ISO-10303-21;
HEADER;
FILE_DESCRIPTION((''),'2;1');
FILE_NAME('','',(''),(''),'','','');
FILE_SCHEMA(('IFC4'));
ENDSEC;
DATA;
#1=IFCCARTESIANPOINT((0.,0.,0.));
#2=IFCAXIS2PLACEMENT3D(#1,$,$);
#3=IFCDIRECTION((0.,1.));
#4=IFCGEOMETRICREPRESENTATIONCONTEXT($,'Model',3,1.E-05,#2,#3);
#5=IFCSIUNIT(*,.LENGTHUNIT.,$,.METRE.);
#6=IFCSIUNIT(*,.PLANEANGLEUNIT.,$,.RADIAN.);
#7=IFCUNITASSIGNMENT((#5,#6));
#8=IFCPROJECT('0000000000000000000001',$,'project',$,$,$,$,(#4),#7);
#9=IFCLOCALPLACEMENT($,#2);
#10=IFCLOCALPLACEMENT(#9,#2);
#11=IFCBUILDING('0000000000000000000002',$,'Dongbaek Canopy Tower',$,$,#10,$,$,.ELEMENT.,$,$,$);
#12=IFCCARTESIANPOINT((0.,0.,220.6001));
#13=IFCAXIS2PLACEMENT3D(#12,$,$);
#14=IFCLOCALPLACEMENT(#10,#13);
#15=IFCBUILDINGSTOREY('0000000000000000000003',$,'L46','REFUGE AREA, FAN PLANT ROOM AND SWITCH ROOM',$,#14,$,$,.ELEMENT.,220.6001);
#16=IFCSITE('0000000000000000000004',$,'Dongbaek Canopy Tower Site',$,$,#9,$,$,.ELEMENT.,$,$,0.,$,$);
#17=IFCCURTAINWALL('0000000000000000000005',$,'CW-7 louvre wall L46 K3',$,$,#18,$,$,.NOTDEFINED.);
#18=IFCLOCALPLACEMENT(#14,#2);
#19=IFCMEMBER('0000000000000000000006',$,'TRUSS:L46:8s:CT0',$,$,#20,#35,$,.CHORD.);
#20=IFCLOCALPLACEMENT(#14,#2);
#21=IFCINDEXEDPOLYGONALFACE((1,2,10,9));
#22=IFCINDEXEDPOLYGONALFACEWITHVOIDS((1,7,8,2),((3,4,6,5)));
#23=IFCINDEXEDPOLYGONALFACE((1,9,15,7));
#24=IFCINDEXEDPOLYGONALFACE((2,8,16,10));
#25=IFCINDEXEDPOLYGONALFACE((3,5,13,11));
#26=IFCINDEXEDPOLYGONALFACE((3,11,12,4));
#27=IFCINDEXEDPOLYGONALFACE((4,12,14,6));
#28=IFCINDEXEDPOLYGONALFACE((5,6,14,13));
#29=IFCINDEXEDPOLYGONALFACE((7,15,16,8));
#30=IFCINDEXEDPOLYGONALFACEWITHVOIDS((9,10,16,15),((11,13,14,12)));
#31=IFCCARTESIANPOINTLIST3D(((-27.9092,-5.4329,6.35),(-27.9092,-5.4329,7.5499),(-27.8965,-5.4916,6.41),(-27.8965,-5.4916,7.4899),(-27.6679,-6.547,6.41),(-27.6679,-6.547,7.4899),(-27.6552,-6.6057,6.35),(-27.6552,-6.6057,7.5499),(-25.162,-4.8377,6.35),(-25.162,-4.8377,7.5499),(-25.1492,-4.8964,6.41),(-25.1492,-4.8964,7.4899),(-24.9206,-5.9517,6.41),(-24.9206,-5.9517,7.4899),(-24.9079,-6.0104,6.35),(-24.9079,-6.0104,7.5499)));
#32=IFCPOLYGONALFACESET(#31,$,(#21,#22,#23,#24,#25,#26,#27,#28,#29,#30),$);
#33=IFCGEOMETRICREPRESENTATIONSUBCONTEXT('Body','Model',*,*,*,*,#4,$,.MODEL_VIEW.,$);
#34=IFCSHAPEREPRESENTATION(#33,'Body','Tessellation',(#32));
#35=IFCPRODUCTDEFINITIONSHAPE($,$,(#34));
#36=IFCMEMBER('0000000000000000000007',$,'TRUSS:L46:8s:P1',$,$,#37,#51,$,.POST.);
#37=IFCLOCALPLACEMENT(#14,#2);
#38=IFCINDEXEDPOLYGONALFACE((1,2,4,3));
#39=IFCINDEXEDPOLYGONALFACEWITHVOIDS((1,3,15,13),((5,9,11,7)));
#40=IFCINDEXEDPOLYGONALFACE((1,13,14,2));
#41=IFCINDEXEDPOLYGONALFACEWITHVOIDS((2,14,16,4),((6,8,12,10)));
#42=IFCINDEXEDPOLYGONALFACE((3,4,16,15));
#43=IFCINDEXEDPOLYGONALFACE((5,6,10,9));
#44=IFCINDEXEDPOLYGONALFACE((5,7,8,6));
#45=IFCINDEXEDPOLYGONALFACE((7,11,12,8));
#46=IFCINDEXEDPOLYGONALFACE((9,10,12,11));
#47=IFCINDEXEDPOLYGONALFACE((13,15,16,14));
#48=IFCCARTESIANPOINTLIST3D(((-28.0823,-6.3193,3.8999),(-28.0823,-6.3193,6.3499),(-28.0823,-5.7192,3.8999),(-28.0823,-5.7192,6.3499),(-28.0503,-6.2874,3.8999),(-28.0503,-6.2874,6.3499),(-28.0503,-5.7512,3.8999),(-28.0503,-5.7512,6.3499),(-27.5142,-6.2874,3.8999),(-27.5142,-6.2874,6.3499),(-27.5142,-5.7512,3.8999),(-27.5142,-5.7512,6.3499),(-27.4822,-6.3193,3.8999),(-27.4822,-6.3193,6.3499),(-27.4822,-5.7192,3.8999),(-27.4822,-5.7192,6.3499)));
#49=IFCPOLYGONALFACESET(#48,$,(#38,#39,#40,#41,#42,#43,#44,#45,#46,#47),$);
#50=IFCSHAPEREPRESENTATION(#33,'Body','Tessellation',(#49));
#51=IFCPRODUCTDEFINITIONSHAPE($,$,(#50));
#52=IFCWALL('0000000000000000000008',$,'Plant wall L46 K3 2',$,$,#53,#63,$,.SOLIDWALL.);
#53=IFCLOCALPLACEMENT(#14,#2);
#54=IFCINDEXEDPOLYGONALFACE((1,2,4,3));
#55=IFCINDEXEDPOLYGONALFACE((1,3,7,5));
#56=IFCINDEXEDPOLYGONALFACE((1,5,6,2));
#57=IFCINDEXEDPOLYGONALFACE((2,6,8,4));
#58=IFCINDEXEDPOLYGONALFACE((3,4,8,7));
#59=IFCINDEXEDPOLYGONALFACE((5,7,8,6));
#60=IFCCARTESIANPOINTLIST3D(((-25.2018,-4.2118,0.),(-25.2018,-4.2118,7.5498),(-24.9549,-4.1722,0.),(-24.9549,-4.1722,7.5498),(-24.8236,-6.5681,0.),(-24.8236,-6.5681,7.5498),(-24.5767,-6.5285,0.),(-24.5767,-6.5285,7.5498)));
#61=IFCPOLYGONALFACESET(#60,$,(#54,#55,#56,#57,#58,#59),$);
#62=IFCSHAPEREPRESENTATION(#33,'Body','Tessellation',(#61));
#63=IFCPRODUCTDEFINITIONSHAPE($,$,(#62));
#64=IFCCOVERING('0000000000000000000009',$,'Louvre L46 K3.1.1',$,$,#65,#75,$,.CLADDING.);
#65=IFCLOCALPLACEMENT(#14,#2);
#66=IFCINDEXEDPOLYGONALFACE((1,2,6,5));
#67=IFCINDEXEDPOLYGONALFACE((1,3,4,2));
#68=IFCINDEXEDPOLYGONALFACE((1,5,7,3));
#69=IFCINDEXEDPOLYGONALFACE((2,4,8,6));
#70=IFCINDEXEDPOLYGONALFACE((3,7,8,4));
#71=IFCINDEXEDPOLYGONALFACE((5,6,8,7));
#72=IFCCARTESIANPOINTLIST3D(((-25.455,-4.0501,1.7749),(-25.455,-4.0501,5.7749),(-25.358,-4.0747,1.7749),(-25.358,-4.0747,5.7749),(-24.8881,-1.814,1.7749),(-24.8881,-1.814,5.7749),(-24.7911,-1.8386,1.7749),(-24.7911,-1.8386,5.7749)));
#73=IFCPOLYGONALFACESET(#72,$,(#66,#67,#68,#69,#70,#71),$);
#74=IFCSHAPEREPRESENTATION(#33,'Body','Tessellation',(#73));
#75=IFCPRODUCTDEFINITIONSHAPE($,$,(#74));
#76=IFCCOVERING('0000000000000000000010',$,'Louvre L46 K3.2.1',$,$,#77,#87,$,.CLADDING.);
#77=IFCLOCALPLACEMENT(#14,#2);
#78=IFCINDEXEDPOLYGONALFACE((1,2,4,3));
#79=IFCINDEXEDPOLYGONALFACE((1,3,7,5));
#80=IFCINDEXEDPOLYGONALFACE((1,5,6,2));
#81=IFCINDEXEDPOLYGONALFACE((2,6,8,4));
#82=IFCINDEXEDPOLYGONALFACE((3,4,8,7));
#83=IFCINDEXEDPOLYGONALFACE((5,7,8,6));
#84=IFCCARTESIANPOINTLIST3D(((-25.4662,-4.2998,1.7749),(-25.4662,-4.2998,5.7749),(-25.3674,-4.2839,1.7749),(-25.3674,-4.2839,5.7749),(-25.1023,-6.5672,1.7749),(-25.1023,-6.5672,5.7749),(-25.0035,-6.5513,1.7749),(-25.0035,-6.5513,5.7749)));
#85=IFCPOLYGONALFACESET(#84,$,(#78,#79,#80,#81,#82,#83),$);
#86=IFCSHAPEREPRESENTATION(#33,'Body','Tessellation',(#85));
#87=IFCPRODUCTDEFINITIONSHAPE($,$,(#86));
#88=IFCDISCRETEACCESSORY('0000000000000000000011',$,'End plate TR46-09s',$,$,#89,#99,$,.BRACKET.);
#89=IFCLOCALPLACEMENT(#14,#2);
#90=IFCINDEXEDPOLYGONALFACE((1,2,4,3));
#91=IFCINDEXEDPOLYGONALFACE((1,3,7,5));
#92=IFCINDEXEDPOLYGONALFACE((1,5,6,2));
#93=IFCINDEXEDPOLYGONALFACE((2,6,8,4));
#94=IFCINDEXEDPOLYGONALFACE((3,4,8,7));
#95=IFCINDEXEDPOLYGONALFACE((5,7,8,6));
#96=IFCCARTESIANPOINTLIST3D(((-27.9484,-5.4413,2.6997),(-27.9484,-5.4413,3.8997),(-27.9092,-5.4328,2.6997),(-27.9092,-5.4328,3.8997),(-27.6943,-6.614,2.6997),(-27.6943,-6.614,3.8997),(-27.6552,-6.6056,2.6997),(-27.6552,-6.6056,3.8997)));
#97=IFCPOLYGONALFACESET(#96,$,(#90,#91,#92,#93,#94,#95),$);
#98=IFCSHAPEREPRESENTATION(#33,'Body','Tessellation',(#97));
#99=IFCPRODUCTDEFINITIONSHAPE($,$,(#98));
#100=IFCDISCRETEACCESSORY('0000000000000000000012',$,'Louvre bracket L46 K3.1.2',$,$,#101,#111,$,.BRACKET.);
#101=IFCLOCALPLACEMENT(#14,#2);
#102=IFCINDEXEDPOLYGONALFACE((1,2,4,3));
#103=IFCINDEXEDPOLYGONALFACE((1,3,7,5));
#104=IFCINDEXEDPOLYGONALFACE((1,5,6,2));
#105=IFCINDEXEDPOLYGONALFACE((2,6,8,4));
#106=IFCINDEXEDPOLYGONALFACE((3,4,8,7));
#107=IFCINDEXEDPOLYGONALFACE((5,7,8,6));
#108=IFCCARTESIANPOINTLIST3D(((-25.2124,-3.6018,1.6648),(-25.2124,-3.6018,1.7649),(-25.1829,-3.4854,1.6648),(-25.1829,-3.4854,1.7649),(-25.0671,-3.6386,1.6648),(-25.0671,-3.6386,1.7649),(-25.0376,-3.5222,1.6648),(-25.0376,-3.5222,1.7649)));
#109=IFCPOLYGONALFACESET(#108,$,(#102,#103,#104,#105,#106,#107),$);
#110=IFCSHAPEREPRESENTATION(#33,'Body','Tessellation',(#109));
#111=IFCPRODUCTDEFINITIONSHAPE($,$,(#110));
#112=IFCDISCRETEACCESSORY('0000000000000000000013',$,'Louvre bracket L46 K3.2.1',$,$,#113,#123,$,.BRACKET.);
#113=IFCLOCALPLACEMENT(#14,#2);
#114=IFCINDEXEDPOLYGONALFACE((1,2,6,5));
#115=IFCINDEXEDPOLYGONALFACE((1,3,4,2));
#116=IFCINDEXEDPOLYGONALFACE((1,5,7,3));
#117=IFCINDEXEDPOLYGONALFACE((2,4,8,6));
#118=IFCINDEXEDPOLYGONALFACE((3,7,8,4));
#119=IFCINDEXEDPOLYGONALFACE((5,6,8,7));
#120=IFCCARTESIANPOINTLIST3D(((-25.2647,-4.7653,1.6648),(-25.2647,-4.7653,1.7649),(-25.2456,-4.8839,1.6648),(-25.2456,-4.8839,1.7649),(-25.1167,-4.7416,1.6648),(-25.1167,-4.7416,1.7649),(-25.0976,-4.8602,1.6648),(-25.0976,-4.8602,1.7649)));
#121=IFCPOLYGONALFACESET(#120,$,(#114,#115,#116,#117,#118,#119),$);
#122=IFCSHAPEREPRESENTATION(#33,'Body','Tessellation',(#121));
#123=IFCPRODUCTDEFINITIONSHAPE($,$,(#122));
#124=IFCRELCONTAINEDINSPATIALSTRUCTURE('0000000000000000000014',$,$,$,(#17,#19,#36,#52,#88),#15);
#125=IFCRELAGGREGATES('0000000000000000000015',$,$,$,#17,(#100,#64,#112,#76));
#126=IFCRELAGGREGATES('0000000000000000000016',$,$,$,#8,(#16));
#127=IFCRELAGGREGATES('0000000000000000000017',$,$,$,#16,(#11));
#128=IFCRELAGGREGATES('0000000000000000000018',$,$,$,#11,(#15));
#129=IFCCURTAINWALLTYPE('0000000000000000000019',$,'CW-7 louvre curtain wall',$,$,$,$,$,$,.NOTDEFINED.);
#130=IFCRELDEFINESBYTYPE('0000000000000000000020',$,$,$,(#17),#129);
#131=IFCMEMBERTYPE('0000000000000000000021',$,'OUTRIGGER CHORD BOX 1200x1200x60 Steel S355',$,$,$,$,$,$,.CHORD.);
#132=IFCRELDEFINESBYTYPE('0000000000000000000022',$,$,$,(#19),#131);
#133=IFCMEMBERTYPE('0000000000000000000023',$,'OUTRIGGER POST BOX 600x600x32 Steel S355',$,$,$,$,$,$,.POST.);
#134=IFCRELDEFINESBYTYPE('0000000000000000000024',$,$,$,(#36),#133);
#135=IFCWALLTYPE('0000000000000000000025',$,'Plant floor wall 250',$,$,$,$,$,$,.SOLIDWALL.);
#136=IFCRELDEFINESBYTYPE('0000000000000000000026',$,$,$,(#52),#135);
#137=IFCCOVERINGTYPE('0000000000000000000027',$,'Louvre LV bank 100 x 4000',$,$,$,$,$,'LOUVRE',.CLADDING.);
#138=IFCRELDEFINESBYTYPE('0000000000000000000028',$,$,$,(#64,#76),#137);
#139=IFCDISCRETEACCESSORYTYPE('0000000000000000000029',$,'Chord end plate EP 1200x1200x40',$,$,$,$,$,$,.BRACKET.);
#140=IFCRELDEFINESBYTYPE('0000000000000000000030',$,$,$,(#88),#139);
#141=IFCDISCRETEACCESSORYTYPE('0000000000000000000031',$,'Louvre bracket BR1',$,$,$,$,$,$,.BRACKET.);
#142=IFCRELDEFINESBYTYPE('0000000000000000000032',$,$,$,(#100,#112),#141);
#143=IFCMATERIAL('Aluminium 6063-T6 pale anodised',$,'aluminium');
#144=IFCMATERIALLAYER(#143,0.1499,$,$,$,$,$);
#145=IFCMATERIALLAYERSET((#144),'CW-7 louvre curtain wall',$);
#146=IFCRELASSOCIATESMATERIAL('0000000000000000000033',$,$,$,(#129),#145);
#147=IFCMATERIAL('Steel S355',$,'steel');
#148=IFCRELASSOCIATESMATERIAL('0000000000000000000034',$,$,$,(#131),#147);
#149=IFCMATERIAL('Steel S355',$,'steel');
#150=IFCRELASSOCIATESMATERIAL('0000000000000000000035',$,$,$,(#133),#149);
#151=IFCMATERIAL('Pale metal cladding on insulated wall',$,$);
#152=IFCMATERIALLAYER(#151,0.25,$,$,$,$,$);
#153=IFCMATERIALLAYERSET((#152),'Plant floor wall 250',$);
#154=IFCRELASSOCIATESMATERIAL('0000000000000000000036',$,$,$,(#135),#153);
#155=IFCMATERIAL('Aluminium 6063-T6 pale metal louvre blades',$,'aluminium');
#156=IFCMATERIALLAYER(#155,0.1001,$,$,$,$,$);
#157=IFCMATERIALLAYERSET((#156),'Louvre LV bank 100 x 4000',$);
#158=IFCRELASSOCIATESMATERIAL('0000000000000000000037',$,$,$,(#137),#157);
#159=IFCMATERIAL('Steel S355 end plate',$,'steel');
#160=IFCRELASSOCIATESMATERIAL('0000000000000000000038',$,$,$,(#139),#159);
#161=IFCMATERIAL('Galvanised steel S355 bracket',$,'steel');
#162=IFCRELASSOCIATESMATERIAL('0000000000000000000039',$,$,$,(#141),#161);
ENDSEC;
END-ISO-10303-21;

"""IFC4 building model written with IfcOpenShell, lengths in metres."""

from ifc_helpers import new_model, si_unit, direction, frame, frame_2d, origin, origin_2d, place, context, subcontext, project, spatial, rectangle, hollow_rectangle, extrude, material, layer, layer_set, material_profile, profile_set, type_object, element, aggregate, save


model = new_model("IFC4")

# Units and contexts
model_context = context("Model", 3, precision=1e-05, world=origin(), true_north=direction((0.0, 1.0)))
body_context = subcontext(model_context, "Body", "Model", "MODEL_VIEW")
ifc_project = project(units=[si_unit("LENGTHUNIT", "METRE"), si_unit("PLANEANGLEUNIT", "RADIAN")], contexts=[model_context])

# Site, building, storey
site_placement = place(None, origin())
site = spatial("IfcSite", under=ifc_project, at=site_placement, Name="Dongbaek Canopy Tower Site", CompositionType="ELEMENT", RefElevation=0.0)
building_placement = place(site_placement, origin())
building = spatial("IfcBuilding", under=site, at=building_placement, Name="Dongbaek Canopy Tower", CompositionType="ELEMENT")
storey_placement = place(building_placement, frame((0.0, 0.0, 220.6001)))
storey = spatial("IfcBuildingStorey", under=building, at=storey_placement, Name="L46", Description="REFUGE AREA, FAN PLANT ROOM AND SWITCH ROOM", CompositionType="ELEMENT", Elevation=220.6001)

# Curtain wall
ifc_material_1 = material(Name="Aluminium 6063-T6 pale anodised", Category="aluminium")
ifc_layer_1 = layer(ifc_material_1, 0.1499)
ifc_layer_set_1 = layer_set([ifc_layer_1], Name="CW-7 louvre curtain wall")
curtain_wall_type = type_object("IfcCurtainWallType", Name="CW-7 louvre curtain wall", PredefinedType="NOTDEFINED", material=ifc_layer_set_1)
curtain_wall_placement = place(storey_placement, origin())
curtain_wall = element("IfcCurtainWall", 1, at=curtain_wall_placement, inside=storey, type_object=curtain_wall_type, Name="CW-7 louvre wall L46 K3", PredefinedType="NOTDEFINED")

# Members
ifc_material_2 = material(Name="Steel S355", Category="steel")
ifc_material_profile_1 = material_profile(ifc_material_2, hollow_rectangle(XDim=1.2, YDim=1.2, WallThickness=0.0601, at=origin_2d()), Name="OUTRIGGER CHORD BOX 1200x1200x60 Steel S355")
ifc_profile_set_1 = profile_set([ifc_material_profile_1], Name="Steel S355")
member_type_1 = type_object("IfcMemberType", Name="OUTRIGGER CHORD BOX 1200x1200x60 Steel S355", PredefinedType="CHORD", material=ifc_profile_set_1)
for number, where, z_axis, x_axis, name in (
    (2, (-25.0349, -5.4241, 6.95), (-0.977326, -0.211741, 0.0), (0.211741, -0.977326, 0.0), "TRUSS:L46:8s:CT0"),
):
    element("IfcMember", number, at=place(storey_placement, frame(where, z_axis=z_axis, x_axis=x_axis)), inside=storey, type_object=member_type_1, Name=name, PredefinedType="CHORD", context=body_context, shape_type="SweptSolid", body=[
        extrude(hollow_rectangle(XDim=1.2, YDim=1.2, WallThickness=0.0601, at=origin_2d()), origin(), (0.0, 0.0, 1.0), 2.811),
    ])
ifc_material_3 = material(Name="Steel S355", Category="steel")
ifc_material_profile_2 = material_profile(ifc_material_3, hollow_rectangle(XDim=0.6001, YDim=0.6001, WallThickness=0.032, at=origin_2d()), Name="OUTRIGGER POST BOX 600x600x32 Steel S355")
ifc_profile_set_2 = profile_set([ifc_material_profile_2], Name="Steel S355")
member_type_2 = type_object("IfcMemberType", Name="OUTRIGGER POST BOX 600x600x32 Steel S355", PredefinedType="POST", material=ifc_profile_set_2)
member_1_placement = place(storey_placement, frame((-27.7822, -6.0193, 3.8999), z_axis=(0.0, 0.0, 1.0), x_axis=(1.0, 0.0, 0.0)))
element("IfcMember", 3, at=member_1_placement, inside=storey, type_object=member_type_2, Name="TRUSS:L46:8s:P1", PredefinedType="POST", context=body_context, shape_type="SweptSolid", body=[
    extrude(hollow_rectangle(XDim=0.6001, YDim=0.6001, WallThickness=0.032, at=origin_2d()), origin(), (0.0, 0.0, 1.0), 2.45),
])

# Wall
ifc_material_4 = material(Name="Pale metal cladding on insulated wall")
ifc_layer_2 = layer(ifc_material_4, 0.25)
ifc_layer_set_2 = layer_set([ifc_layer_2], Name="Plant floor wall 250")
wall_type = type_object("IfcWallType", Name="Plant floor wall 250", PredefinedType="SOLIDWALL", material=ifc_layer_set_2)
wall_placement = place(storey_placement, frame((-25.0784, -4.1919, 0.0), z_axis=(0.0, 0.0, 1.0), x_axis=(0.158473, -0.987363, 0.0)))
element("IfcWall", 4, at=wall_placement, inside=storey, type_object=wall_type, Name="Plant wall L46 K3 2", PredefinedType="SOLIDWALL", context=body_context, shape_type="SweptSolid", body=[
    extrude(rectangle(XDim=2.3865, YDim=0.25, at=frame_2d((1.1934, 0.0))), origin(), (0.0, 0.0, 1.0), 7.5498),
])

# Coverings
ifc_material_5 = material(Name="Aluminium 6063-T6 pale metal louvre blades", Category="aluminium")
ifc_layer_3 = layer(ifc_material_5, 0.1001)
ifc_layer_set_3 = layer_set([ifc_layer_3], Name="Louvre LV bank 100 x 4000")
covering_type = type_object("IfcCoveringType", Name="Louvre LV bank 100 x 4000", ElementType="LOUVRE", PredefinedType="CLADDING", material=ifc_layer_set_3)
covering_1_placement = place(storey_placement, frame((-25.123, -2.9443, 1.7749), z_axis=(0.0, 0.0, 1.0), x_axis=(-0.245743, -0.969335, 0.0)))
covering_1 = element("IfcCovering", 5, at=covering_1_placement, type_object=covering_type, Name="Louvre L46 K3.1.1", PredefinedType="CLADDING", context=body_context, shape_type="SweptSolid", body=[
    extrude(rectangle(XDim=2.3069, YDim=0.1001, at=origin_2d()), origin(), (0.0, 0.0, 1.0), 4.0),
])
covering_2_placement = place(storey_placement, frame((-25.2349, -5.4255, 1.7749), z_axis=(0.0, 0.0, 1.0), x_axis=(0.158474, -0.987363, 0.0)))
covering_2 = element("IfcCovering", 6, at=covering_2_placement, type_object=covering_type, Name="Louvre L46 K3.2.1", PredefinedType="CLADDING", context=body_context, shape_type="SweptSolid", body=[
    extrude(rectangle(XDim=2.2964, YDim=0.1001, at=origin_2d()), origin(), (0.0, 0.0, 1.0), 4.0),
])

# Discrete accessories
ifc_material_6 = material(Name="Steel S355 end plate", Category="steel")
discrete_accessory_type_1 = type_object("IfcDiscreteAccessoryType", Name="Chord end plate EP 1200x1200x40", PredefinedType="BRACKET", material=ifc_material_6)
discrete_accessory_1_placement = place(storey_placement, frame((-27.8018, -6.0234, 2.6997), z_axis=(0.0, 0.0, 1.0), x_axis=(0.977325, 0.211744, 0.0)))
element("IfcDiscreteAccessory", 7, at=discrete_accessory_1_placement, inside=storey, type_object=discrete_accessory_type_1, Name="End plate TR46-09s", PredefinedType="BRACKET", context=body_context, shape_type="SweptSolid", body=[
    extrude(rectangle(XDim=0.04, YDim=1.2, at=origin_2d()), origin(), (0.0, 0.0, 1.0), 1.2),
])
ifc_material_7 = material(Name="Galvanised steel S355 bracket", Category="steel")
discrete_accessory_type_2 = type_object("IfcDiscreteAccessoryType", Name="Louvre bracket BR1", PredefinedType="BRACKET", material=ifc_material_7)
discrete_accessory_2_placement = place(storey_placement, frame((-25.125, -3.562, 1.6648), z_axis=(0.0, 0.0, 1.0), x_axis=(-0.245743, -0.969335, 0.0)))
discrete_accessory_2 = element("IfcDiscreteAccessory", 8, at=discrete_accessory_2_placement, type_object=discrete_accessory_type_2, Name="Louvre bracket L46 K3.1.2", PredefinedType="BRACKET", context=body_context, shape_type="SweptSolid", body=[
    extrude(rectangle(XDim=0.1201, YDim=0.1499, at=origin_2d()), origin(), (0.0, 0.0, 1.0), 0.1001),
])
discrete_accessory_3_placement = place(storey_placement, frame((-25.1812, -4.8127, 1.6648), z_axis=(0.0, 0.0, 1.0), x_axis=(0.158474, -0.987363, 0.0)))
discrete_accessory_3 = element("IfcDiscreteAccessory", 9, at=discrete_accessory_3_placement, type_object=discrete_accessory_type_2, Name="Louvre bracket L46 K3.2.1", PredefinedType="BRACKET", context=body_context, shape_type="SweptSolid", body=[
    extrude(rectangle(XDim=0.1201, YDim=0.1499, at=origin_2d()), origin(), (0.0, 0.0, 1.0), 0.1001),
])
aggregate(curtain_wall, [discrete_accessory_2, covering_1, discrete_accessory_3, covering_2])

save(model, "model.ifc")
